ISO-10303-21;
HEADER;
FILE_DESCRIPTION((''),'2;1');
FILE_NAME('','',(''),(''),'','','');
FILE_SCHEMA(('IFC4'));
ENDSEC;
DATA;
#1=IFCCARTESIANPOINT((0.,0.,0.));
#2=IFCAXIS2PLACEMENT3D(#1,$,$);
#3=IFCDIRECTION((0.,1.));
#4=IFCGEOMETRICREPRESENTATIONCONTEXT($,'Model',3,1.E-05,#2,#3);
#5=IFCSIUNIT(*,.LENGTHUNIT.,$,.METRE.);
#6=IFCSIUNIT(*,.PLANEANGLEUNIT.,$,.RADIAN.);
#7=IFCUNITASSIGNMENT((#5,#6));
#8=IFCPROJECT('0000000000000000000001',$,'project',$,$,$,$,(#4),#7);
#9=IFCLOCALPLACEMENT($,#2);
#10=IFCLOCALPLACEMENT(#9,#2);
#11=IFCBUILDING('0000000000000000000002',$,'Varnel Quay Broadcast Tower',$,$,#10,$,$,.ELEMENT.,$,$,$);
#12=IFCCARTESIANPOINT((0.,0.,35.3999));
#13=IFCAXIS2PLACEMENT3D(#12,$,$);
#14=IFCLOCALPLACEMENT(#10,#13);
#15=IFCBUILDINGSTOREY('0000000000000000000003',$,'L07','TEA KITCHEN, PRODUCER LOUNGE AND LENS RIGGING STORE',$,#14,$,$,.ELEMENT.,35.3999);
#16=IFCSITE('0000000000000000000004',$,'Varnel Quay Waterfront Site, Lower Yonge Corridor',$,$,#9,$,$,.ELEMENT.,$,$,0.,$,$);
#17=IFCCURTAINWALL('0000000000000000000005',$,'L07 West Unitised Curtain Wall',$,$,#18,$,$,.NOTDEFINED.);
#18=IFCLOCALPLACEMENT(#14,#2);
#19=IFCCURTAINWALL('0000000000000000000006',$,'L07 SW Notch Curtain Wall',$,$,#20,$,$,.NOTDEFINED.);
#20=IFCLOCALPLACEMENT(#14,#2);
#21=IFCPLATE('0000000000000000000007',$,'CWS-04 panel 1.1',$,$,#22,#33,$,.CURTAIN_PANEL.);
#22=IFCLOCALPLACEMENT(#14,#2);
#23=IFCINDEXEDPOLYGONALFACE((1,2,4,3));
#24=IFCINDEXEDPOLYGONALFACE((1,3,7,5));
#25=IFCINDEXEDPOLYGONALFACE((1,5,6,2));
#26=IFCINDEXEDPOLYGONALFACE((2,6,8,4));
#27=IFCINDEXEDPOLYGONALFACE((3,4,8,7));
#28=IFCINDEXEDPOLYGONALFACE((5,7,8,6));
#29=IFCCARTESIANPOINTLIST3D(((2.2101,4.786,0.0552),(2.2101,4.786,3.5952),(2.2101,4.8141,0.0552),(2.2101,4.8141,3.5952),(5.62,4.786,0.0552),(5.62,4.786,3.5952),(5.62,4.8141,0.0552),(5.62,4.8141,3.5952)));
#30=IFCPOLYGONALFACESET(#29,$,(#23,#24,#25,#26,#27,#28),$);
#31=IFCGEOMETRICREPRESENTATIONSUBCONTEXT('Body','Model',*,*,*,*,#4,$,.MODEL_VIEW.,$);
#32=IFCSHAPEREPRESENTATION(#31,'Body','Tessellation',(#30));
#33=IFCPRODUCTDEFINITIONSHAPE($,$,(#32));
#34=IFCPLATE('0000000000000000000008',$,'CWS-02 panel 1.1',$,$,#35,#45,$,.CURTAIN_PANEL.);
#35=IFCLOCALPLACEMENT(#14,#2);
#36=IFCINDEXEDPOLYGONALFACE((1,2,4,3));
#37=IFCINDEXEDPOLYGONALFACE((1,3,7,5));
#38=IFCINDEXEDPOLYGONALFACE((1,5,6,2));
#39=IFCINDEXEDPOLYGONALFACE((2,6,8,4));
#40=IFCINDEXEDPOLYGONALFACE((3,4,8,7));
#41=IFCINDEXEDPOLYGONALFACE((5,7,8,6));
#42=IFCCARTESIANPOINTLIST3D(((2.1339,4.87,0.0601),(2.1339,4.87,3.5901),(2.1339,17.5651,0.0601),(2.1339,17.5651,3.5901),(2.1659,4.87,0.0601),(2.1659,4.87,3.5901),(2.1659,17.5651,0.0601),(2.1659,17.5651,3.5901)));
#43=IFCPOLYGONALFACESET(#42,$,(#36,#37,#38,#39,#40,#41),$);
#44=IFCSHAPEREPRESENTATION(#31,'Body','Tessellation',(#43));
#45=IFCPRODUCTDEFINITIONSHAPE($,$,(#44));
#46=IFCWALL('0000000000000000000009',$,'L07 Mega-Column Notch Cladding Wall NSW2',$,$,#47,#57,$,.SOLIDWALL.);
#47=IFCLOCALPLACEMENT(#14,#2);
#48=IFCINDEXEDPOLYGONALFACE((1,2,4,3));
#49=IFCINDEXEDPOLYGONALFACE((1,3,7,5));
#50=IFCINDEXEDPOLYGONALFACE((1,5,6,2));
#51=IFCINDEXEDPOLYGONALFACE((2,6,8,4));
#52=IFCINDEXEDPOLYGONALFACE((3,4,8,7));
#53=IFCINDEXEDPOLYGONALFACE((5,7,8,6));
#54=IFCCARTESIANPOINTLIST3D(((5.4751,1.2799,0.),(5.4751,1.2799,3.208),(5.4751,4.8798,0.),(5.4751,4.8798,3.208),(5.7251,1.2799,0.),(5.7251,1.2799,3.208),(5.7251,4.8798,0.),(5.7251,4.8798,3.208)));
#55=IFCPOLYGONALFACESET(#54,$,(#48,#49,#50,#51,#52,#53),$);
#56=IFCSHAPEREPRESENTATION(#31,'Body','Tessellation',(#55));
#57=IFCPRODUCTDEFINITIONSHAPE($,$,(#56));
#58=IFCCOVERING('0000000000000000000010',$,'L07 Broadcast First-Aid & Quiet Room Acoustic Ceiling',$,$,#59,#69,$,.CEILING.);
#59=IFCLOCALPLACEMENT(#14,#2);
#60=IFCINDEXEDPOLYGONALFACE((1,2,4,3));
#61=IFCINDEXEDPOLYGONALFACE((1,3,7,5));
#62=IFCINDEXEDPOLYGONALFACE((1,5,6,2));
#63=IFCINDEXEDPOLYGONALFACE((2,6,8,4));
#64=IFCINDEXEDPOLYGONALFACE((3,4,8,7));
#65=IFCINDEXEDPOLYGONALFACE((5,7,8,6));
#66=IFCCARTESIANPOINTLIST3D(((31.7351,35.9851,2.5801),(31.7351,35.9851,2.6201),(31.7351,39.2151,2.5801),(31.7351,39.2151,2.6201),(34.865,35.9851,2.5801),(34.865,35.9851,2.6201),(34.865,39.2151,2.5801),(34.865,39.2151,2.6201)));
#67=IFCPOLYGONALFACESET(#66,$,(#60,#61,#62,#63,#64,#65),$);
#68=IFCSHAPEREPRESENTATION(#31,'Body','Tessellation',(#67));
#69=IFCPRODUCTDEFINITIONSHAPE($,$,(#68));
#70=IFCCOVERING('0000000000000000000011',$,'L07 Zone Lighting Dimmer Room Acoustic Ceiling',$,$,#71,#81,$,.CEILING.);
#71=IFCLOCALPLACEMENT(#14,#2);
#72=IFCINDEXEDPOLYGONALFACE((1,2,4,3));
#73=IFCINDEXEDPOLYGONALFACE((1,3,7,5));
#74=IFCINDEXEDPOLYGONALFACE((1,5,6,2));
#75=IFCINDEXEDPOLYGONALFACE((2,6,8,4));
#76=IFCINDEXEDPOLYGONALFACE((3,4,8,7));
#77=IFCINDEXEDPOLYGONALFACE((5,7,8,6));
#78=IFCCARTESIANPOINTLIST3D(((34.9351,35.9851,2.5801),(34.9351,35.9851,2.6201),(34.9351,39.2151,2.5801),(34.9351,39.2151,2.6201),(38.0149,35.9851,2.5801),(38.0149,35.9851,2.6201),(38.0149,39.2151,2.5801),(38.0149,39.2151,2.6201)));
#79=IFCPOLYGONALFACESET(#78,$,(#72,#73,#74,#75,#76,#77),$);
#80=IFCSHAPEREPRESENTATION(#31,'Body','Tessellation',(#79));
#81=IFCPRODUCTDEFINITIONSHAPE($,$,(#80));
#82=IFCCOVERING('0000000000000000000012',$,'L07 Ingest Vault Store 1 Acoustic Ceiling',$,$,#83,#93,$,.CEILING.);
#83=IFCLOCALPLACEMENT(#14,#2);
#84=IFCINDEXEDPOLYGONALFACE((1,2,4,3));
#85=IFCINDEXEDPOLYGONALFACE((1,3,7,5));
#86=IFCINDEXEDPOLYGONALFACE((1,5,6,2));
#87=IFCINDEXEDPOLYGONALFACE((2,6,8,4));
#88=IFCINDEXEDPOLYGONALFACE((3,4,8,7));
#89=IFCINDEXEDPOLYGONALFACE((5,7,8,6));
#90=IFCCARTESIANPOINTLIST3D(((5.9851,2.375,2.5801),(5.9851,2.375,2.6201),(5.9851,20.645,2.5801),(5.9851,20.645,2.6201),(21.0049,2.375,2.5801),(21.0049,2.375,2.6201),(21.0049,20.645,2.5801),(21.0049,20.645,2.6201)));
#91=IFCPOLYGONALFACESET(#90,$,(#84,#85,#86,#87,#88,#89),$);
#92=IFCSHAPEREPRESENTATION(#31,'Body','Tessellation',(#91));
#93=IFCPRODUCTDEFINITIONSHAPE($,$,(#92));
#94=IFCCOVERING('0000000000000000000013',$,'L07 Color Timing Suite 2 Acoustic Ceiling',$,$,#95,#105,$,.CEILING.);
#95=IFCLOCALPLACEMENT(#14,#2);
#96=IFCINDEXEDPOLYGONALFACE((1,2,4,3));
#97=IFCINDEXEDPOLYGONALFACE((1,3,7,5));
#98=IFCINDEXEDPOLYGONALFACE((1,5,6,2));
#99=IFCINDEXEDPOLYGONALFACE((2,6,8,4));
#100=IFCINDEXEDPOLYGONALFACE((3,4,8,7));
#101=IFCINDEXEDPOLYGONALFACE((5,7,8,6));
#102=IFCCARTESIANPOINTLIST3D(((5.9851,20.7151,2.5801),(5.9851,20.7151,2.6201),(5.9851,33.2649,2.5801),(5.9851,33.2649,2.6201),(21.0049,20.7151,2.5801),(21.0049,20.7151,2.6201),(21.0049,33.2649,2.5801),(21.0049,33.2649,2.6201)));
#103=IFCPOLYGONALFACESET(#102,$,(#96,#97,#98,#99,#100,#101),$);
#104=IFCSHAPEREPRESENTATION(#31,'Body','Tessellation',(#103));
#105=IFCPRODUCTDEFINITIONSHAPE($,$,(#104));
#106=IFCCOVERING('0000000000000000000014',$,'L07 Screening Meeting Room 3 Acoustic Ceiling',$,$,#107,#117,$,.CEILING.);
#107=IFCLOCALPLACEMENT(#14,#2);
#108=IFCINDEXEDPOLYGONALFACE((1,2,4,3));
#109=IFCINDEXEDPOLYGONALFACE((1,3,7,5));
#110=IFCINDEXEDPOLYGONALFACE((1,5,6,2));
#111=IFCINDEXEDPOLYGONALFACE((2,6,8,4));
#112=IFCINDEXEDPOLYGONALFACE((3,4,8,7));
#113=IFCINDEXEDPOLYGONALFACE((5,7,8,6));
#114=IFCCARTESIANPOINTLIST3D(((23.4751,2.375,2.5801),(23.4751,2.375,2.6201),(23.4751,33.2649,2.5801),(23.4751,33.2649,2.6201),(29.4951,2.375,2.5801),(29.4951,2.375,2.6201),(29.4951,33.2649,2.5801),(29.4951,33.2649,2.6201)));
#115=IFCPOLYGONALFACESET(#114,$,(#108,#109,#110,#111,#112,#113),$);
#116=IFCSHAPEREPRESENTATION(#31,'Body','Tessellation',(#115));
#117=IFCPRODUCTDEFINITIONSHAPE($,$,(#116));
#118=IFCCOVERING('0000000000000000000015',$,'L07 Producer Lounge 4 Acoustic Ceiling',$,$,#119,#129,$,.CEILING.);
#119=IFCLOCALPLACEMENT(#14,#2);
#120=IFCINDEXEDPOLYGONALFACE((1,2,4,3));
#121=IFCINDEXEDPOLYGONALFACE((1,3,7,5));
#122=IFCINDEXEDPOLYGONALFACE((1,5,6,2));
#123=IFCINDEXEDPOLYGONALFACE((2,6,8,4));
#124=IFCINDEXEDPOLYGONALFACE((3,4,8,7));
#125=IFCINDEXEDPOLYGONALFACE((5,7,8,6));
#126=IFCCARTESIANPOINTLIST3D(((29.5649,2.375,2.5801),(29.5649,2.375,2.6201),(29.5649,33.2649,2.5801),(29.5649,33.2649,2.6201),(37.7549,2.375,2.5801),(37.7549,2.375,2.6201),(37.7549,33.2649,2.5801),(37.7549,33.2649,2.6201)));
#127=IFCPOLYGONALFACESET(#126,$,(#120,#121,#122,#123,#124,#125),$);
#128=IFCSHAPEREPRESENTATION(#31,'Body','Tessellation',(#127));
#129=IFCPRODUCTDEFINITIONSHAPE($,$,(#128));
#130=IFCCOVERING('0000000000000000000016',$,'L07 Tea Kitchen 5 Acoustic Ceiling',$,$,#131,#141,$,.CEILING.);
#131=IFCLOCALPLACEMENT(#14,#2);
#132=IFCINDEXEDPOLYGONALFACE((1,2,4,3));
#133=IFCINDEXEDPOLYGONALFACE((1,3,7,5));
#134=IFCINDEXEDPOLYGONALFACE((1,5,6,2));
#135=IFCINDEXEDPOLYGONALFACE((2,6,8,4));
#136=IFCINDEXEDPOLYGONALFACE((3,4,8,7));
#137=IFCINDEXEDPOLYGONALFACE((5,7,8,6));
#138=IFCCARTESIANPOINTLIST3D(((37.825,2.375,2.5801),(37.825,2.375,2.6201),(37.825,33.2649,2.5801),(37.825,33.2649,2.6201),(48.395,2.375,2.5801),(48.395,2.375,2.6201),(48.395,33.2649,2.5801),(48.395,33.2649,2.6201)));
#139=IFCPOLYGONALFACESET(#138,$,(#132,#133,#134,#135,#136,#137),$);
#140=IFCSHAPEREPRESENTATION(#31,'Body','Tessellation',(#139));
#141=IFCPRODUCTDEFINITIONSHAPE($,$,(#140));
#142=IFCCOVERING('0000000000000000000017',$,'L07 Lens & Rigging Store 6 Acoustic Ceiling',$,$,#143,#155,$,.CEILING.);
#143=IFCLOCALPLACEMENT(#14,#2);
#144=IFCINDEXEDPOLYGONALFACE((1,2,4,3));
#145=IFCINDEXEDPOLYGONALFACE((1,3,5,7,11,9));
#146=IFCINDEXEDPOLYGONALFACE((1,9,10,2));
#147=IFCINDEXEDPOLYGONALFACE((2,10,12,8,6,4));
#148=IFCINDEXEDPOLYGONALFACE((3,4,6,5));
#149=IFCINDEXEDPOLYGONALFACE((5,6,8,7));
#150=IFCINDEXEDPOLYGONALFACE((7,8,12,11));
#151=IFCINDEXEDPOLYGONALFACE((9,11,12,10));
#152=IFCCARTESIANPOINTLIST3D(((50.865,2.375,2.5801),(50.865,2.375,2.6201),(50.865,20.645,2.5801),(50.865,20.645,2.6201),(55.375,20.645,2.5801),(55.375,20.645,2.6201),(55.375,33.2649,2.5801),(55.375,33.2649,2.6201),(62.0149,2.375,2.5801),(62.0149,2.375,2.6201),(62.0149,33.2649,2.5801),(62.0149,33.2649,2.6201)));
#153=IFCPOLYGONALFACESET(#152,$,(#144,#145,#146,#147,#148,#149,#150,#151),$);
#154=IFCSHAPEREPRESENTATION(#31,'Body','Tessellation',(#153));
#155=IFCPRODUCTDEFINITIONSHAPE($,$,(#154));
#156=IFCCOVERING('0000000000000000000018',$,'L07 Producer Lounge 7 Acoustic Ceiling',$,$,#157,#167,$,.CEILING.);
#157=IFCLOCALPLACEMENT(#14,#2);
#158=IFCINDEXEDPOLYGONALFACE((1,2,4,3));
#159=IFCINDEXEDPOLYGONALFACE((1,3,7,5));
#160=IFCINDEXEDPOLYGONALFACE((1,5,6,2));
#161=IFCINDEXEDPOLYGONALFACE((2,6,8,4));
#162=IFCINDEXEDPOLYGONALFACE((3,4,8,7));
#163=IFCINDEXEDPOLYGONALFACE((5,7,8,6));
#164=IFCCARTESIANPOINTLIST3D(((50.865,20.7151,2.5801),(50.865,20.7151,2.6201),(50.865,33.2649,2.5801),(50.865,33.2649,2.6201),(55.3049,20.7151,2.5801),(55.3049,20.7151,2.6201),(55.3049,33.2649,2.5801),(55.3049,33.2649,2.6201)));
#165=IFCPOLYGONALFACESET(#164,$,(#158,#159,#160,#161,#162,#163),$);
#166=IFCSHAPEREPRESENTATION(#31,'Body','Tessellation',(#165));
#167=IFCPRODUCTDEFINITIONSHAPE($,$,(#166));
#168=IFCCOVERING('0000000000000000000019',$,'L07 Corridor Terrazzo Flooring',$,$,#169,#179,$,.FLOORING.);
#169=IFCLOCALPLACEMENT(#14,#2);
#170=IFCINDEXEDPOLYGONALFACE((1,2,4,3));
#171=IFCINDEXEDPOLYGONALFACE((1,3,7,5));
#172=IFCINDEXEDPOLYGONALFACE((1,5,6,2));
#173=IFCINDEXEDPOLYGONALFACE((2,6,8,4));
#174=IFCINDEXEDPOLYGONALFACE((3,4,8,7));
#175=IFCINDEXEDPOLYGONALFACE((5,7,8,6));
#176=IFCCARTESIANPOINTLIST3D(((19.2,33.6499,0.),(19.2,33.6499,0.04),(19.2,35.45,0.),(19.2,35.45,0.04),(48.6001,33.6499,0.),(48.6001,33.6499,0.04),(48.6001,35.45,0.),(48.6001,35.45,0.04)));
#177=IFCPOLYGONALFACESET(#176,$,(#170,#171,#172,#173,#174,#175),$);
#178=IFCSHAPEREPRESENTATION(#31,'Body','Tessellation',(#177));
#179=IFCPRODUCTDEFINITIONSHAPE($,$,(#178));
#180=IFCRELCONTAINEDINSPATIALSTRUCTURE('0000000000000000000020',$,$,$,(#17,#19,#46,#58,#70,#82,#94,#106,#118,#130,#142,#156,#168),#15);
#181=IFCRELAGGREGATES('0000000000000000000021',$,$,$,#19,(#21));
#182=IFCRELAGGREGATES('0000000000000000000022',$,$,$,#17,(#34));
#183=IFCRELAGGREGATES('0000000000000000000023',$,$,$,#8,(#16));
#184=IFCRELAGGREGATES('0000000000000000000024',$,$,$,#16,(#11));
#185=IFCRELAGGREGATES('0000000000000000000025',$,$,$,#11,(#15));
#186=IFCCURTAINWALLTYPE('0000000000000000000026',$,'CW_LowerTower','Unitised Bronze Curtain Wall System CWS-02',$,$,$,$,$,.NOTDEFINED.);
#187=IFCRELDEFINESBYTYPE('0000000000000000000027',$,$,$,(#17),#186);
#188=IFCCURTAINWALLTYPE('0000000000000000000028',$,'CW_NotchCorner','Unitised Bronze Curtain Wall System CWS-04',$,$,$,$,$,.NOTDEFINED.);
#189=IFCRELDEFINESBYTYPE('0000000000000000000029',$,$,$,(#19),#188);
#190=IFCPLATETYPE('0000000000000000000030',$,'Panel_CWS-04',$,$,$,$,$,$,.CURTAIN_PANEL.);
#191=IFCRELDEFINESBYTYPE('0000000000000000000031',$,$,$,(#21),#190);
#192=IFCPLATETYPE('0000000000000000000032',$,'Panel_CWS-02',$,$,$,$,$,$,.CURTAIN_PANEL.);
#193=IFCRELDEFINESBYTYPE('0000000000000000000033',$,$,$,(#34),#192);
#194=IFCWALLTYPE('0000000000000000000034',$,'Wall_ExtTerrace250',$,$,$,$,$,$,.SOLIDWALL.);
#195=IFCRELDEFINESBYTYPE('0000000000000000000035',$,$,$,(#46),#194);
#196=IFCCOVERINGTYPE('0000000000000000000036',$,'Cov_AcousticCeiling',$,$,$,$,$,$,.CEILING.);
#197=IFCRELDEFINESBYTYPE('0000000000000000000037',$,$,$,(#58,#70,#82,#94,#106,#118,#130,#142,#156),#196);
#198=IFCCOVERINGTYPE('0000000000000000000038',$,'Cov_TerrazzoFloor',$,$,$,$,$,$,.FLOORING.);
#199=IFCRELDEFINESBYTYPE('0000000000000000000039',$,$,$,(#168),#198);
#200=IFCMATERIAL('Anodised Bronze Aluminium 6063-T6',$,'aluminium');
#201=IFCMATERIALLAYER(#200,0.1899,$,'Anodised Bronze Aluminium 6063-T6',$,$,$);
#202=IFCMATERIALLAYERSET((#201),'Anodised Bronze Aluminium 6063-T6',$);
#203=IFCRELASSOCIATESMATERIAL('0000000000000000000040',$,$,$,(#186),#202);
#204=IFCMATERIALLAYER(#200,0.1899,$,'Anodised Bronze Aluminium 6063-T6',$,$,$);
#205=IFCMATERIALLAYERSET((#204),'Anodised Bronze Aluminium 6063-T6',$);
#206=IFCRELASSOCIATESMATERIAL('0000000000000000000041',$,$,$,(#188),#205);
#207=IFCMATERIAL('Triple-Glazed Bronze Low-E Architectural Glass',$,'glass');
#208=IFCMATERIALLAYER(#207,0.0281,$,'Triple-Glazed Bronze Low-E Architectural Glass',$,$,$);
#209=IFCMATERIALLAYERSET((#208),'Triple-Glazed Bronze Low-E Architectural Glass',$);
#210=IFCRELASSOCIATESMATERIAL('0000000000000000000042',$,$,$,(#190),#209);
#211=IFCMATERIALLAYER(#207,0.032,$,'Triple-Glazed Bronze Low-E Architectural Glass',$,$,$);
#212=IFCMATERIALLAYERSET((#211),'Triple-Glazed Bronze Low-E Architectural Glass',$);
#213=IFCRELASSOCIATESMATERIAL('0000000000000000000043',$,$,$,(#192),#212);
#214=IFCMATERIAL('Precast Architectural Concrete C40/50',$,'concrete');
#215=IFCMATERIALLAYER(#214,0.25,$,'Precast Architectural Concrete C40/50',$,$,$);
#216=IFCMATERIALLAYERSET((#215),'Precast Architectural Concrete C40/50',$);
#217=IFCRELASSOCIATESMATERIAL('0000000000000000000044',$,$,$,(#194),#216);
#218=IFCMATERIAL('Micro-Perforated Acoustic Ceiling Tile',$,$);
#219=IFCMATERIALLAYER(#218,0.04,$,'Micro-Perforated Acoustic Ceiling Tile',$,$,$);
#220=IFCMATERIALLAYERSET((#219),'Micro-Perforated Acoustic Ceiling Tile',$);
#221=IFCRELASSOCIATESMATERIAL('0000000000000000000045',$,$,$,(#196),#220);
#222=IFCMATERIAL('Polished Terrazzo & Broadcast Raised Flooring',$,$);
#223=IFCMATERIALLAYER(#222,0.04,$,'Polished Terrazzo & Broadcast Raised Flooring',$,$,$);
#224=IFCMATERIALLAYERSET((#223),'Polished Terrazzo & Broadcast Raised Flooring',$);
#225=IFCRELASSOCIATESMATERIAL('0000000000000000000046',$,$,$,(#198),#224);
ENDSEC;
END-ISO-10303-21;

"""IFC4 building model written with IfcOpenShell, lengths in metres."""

from ifc_helpers import new_model, si_unit, direction, frame, frame_2d, origin, origin_2d, place, context, subcontext, project, spatial, polyline, rectangle, outline, extrude, source, transform, mapped, material, layer, layer_set, type_object, type_shapes, element, aggregate, save


model = new_model("IFC4")

# Units and contexts
model_context = context("Model", 3, precision=1e-05, world=origin(), true_north=direction((0.0, 1.0)))
body_context = subcontext(model_context, "Body", "Model", "MODEL_VIEW")
ifc_project = project(units=[si_unit("LENGTHUNIT", "METRE"), si_unit("PLANEANGLEUNIT", "RADIAN")], contexts=[model_context])

# Site, building, storey
site_placement = place(None, origin())
site = spatial("IfcSite", under=ifc_project, at=site_placement, Name="Varnel Quay Waterfront Site, Lower Yonge Corridor", CompositionType="ELEMENT", RefElevation=0.0)
building_placement = place(site_placement, origin())
building = spatial("IfcBuilding", under=site, at=building_placement, Name="Varnel Quay Broadcast Tower", CompositionType="ELEMENT")
storey_placement = place(building_placement, frame((0.0, 0.0, 35.3999)))
storey = spatial("IfcBuildingStorey", under=building, at=storey_placement, Name="L07", Description="TEA KITCHEN, PRODUCER LOUNGE AND LENS RIGGING STORE", CompositionType="ELEMENT", Elevation=35.3999)

# Curtain walls
ifc_material_1 = material(Name="Anodised Bronze Aluminium 6063-T6", Category="aluminium")
ifc_layer_1 = layer(ifc_material_1, 0.1899, Name="Anodised Bronze Aluminium 6063-T6")
ifc_layer_set_1 = layer_set([ifc_layer_1], Name="Anodised Bronze Aluminium 6063-T6")
curtain_wall_type_1 = type_object("IfcCurtainWallType", Name="CW_LowerTower", Description="Unitised Bronze Curtain Wall System CWS-02", PredefinedType="NOTDEFINED", material=ifc_layer_set_1)
curtain_wall_1_placement = place(storey_placement, origin())
curtain_wall_1 = element("IfcCurtainWall", 1, at=curtain_wall_1_placement, inside=storey, type_object=curtain_wall_type_1, Name="L07 West Unitised Curtain Wall", PredefinedType="NOTDEFINED")
ifc_layer_2 = layer(ifc_material_1, 0.1899, Name="Anodised Bronze Aluminium 6063-T6")
ifc_layer_set_2 = layer_set([ifc_layer_2], Name="Anodised Bronze Aluminium 6063-T6")
curtain_wall_type_2 = type_object("IfcCurtainWallType", Name="CW_NotchCorner", Description="Unitised Bronze Curtain Wall System CWS-04", PredefinedType="NOTDEFINED", material=ifc_layer_set_2)
curtain_wall_2_placement = place(storey_placement, origin())
curtain_wall_2 = element("IfcCurtainWall", 2, at=curtain_wall_2_placement, inside=storey, type_object=curtain_wall_type_2, Name="L07 SW Notch Curtain Wall", PredefinedType="NOTDEFINED")

# Plates
ifc_material_2 = material(Name="Triple-Glazed Bronze Low-E Architectural Glass", Category="glass")
ifc_layer_3 = layer(ifc_material_2, 0.0281, Name="Triple-Glazed Bronze Low-E Architectural Glass")
ifc_layer_set_3 = layer_set([ifc_layer_3], Name="Triple-Glazed Bronze Low-E Architectural Glass")
plate_type_1 = type_object("IfcPlateType", Name="Panel_CWS-04", PredefinedType="CURTAIN_PANEL", material=ifc_layer_set_3)
shared_shape_1 = source(origin(), body_context, "Body", "SweptSolid", [
    extrude(rectangle(XDim=3.4099, YDim=0.0281, at=origin_2d()), origin(), (0.0, 0.0, 1.0), 3.54),
])
type_shapes(plate_type_1, [shared_shape_1])
plate_1_placement = place(storey_placement, frame((3.915, 4.8, 0.0552), z_axis=(0.0, 0.0, 1.0), x_axis=(1.0, 0.0, 0.0)))
plate_1 = element("IfcPlate", 3, at=plate_1_placement, type_object=plate_type_1, Name="CWS-04 panel 1.1", PredefinedType="CURTAIN_PANEL", context=body_context, shape_type="MappedRepresentation", body=[
    mapped(shared_shape_1, transform((0.0, 0.0, 0.0), x_axis=(1.0, 0.0, 0.0), y_axis=(0.0, 1.0, 0.0), z_axis=(0.0, 0.0, 1.0), scale=1.0)),
])
aggregate(curtain_wall_2, [plate_1])
ifc_layer_4 = layer(ifc_material_2, 0.032, Name="Triple-Glazed Bronze Low-E Architectural Glass")
ifc_layer_set_4 = layer_set([ifc_layer_4], Name="Triple-Glazed Bronze Low-E Architectural Glass")
plate_type_2 = type_object("IfcPlateType", Name="Panel_CWS-02", PredefinedType="CURTAIN_PANEL", material=ifc_layer_set_4)
shared_shape_2 = source(origin(), body_context, "Body", "SweptSolid", [
    extrude(rectangle(XDim=12.6951, YDim=0.032, at=origin_2d()), origin(), (0.0, 0.0, 1.0), 3.53),
])
type_shapes(plate_type_2, [shared_shape_2])
plate_2_placement = place(storey_placement, frame((2.1499, 11.2175, 0.0601), z_axis=(0.0, 0.0, 1.0), x_axis=(0.0, 1.0, 0.0)))
plate_2 = element("IfcPlate", 4, at=plate_2_placement, type_object=plate_type_2, Name="CWS-02 panel 1.1", PredefinedType="CURTAIN_PANEL", context=body_context, shape_type="MappedRepresentation", body=[
    mapped(shared_shape_2, transform((0.0, 0.0, 0.0), x_axis=(1.0, 0.0, 0.0), y_axis=(0.0, 1.0, 0.0), z_axis=(0.0, 0.0, 1.0), scale=1.0)),
])
aggregate(curtain_wall_1, [plate_2])

# Wall
ifc_material_3 = material(Name="Precast Architectural Concrete C40/50", Category="concrete")
ifc_layer_5 = layer(ifc_material_3, 0.25, Name="Precast Architectural Concrete C40/50")
ifc_layer_set_5 = layer_set([ifc_layer_5], Name="Precast Architectural Concrete C40/50")
wall_type = type_object("IfcWallType", Name="Wall_ExtTerrace250", PredefinedType="SOLIDWALL", material=ifc_layer_set_5)
wall_placement = place(storey_placement, frame((5.6001, 1.28, 0.0), z_axis=(0.0, 0.0, 1.0), x_axis=(0.0, 1.0, 0.0)))
element("IfcWall", 5, at=wall_placement, inside=storey, type_object=wall_type, Name="L07 Mega-Column Notch Cladding Wall NSW2", PredefinedType="SOLIDWALL", context=body_context, shape_type="SweptSolid", body=[
    extrude(rectangle(XDim=3.5999, YDim=0.25, at=frame_2d((1.7998, 0.0))), origin(), (0.0, 0.0, 1.0), 3.208),
])

# Coverings
ifc_material_4 = material(Name="Micro-Perforated Acoustic Ceiling Tile")
ifc_layer_6 = layer(ifc_material_4, 0.04, Name="Micro-Perforated Acoustic Ceiling Tile")
ifc_layer_set_6 = layer_set([ifc_layer_6], Name="Micro-Perforated Acoustic Ceiling Tile")
covering_type_1 = type_object("IfcCoveringType", Name="Cov_AcousticCeiling", PredefinedType="CEILING", material=ifc_layer_set_6)
covering_1_placement = place(storey_placement, frame((0.0, 0.0, 2.5801)))
element("IfcCovering", 6, at=covering_1_placement, inside=storey, type_object=covering_type_1, Name="L07 Broadcast First-Aid & Quiet Room Acoustic Ceiling", PredefinedType="CEILING", context=body_context, shape_type="SweptSolid", body=[
    extrude(outline(polyline([(31.7351, 35.9851), (34.865, 35.9851), (34.865, 39.2151), (31.7351, 39.2151), (31.7351, 35.9851)])), origin(), (0.0, 0.0, 1.0), 0.04),
])
covering_2_placement = place(storey_placement, frame((0.0, 0.0, 2.5801)))
element("IfcCovering", 7, at=covering_2_placement, inside=storey, type_object=covering_type_1, Name="L07 Zone Lighting Dimmer Room Acoustic Ceiling", PredefinedType="CEILING", context=body_context, shape_type="SweptSolid", body=[
    extrude(outline(polyline([(34.9351, 35.9851), (38.0149, 35.9851), (38.0149, 39.2151), (34.9351, 39.2151), (34.9351, 35.9851)])), origin(), (0.0, 0.0, 1.0), 0.04),
])
covering_3_placement = place(storey_placement, frame((0.0, 0.0, 2.5801)))
element("IfcCovering", 8, at=covering_3_placement, inside=storey, type_object=covering_type_1, Name="L07 Ingest Vault Store 1 Acoustic Ceiling", PredefinedType="CEILING", context=body_context, shape_type="SweptSolid", body=[
    extrude(outline(polyline([(5.9851, 2.375), (21.0049, 2.375), (21.0049, 20.645), (5.9851, 20.645), (5.9851, 2.375)])), origin(), (0.0, 0.0, 1.0), 0.04),
])
covering_4_placement = place(storey_placement, frame((0.0, 0.0, 2.5801)))
element("IfcCovering", 9, at=covering_4_placement, inside=storey, type_object=covering_type_1, Name="L07 Color Timing Suite 2 Acoustic Ceiling", PredefinedType="CEILING", context=body_context, shape_type="SweptSolid", body=[
    extrude(outline(polyline([(5.9851, 20.7151), (21.0049, 20.7151), (21.0049, 33.2649), (5.9851, 33.2649), (5.9851, 20.7151)])), origin(), (0.0, 0.0, 1.0), 0.04),
])
covering_5_placement = place(storey_placement, frame((0.0, 0.0, 2.5801)))
element("IfcCovering", 10, at=covering_5_placement, inside=storey, type_object=covering_type_1, Name="L07 Screening Meeting Room 3 Acoustic Ceiling", PredefinedType="CEILING", context=body_context, shape_type="SweptSolid", body=[
    extrude(outline(polyline([(23.4751, 2.375), (29.4951, 2.375), (29.4951, 33.2649), (23.4751, 33.2649), (23.4751, 2.375)])), origin(), (0.0, 0.0, 1.0), 0.04),
])
covering_6_placement = place(storey_placement, frame((0.0, 0.0, 2.5801)))
element("IfcCovering", 11, at=covering_6_placement, inside=storey, type_object=covering_type_1, Name="L07 Producer Lounge 4 Acoustic Ceiling", PredefinedType="CEILING", context=body_context, shape_type="SweptSolid", body=[
    extrude(outline(polyline([(29.5649, 2.375), (37.7549, 2.375), (37.7549, 33.2649), (29.5649, 33.2649), (29.5649, 2.375)])), origin(), (0.0, 0.0, 1.0), 0.04),
])
covering_7_placement = place(storey_placement, frame((0.0, 0.0, 2.5801)))
element("IfcCovering", 12, at=covering_7_placement, inside=storey, type_object=covering_type_1, Name="L07 Tea Kitchen 5 Acoustic Ceiling", PredefinedType="CEILING", context=body_context, shape_type="SweptSolid", body=[
    extrude(outline(polyline([(37.825, 2.375), (48.395, 2.375), (48.395, 33.2649), (37.825, 33.2649), (37.825, 2.375)])), origin(), (0.0, 0.0, 1.0), 0.04),
])
covering_8_placement = place(storey_placement, frame((0.0, 0.0, 2.5801)))
element("IfcCovering", 13, at=covering_8_placement, inside=storey, type_object=covering_type_1, Name="L07 Lens & Rigging Store 6 Acoustic Ceiling", PredefinedType="CEILING", context=body_context, shape_type="SweptSolid", body=[
    extrude(outline(polyline([(50.865, 2.375), (62.0149, 2.375), (62.0149, 33.2649), (55.375, 33.2649), (55.375, 20.645), (50.865, 20.645), (50.865, 2.375)])), origin(), (0.0, 0.0, 1.0), 0.04),
])
covering_9_placement = place(storey_placement, frame((0.0, 0.0, 2.5801)))
element("IfcCovering", 14, at=covering_9_placement, inside=storey, type_object=covering_type_1, Name="L07 Producer Lounge 7 Acoustic Ceiling", PredefinedType="CEILING", context=body_context, shape_type="SweptSolid", body=[
    extrude(outline(polyline([(50.865, 20.7151), (55.3049, 20.7151), (55.3049, 33.2649), (50.865, 33.2649), (50.865, 20.7151)])), origin(), (0.0, 0.0, 1.0), 0.04),
])
ifc_material_5 = material(Name="Polished Terrazzo & Broadcast Raised Flooring")
ifc_layer_7 = layer(ifc_material_5, 0.04, Name="Polished Terrazzo & Broadcast Raised Flooring")
ifc_layer_set_7 = layer_set([ifc_layer_7], Name="Polished Terrazzo & Broadcast Raised Flooring")
covering_type_2 = type_object("IfcCoveringType", Name="Cov_TerrazzoFloor", PredefinedType="FLOORING", material=ifc_layer_set_7)
covering_10_placement = place(storey_placement, origin())
element("IfcCovering", 15, at=covering_10_placement, inside=storey, type_object=covering_type_2, Name="L07 Corridor Terrazzo Flooring", PredefinedType="FLOORING", context=body_context, shape_type="SweptSolid", body=[
    extrude(outline(polyline([(19.2, 33.6499), (48.6001, 33.6499), (48.6001, 35.45), (19.2, 35.45), (19.2, 33.6499)])), origin(), (0.0, 0.0, 1.0), 0.04),
])

save(model, "model.ifc")
